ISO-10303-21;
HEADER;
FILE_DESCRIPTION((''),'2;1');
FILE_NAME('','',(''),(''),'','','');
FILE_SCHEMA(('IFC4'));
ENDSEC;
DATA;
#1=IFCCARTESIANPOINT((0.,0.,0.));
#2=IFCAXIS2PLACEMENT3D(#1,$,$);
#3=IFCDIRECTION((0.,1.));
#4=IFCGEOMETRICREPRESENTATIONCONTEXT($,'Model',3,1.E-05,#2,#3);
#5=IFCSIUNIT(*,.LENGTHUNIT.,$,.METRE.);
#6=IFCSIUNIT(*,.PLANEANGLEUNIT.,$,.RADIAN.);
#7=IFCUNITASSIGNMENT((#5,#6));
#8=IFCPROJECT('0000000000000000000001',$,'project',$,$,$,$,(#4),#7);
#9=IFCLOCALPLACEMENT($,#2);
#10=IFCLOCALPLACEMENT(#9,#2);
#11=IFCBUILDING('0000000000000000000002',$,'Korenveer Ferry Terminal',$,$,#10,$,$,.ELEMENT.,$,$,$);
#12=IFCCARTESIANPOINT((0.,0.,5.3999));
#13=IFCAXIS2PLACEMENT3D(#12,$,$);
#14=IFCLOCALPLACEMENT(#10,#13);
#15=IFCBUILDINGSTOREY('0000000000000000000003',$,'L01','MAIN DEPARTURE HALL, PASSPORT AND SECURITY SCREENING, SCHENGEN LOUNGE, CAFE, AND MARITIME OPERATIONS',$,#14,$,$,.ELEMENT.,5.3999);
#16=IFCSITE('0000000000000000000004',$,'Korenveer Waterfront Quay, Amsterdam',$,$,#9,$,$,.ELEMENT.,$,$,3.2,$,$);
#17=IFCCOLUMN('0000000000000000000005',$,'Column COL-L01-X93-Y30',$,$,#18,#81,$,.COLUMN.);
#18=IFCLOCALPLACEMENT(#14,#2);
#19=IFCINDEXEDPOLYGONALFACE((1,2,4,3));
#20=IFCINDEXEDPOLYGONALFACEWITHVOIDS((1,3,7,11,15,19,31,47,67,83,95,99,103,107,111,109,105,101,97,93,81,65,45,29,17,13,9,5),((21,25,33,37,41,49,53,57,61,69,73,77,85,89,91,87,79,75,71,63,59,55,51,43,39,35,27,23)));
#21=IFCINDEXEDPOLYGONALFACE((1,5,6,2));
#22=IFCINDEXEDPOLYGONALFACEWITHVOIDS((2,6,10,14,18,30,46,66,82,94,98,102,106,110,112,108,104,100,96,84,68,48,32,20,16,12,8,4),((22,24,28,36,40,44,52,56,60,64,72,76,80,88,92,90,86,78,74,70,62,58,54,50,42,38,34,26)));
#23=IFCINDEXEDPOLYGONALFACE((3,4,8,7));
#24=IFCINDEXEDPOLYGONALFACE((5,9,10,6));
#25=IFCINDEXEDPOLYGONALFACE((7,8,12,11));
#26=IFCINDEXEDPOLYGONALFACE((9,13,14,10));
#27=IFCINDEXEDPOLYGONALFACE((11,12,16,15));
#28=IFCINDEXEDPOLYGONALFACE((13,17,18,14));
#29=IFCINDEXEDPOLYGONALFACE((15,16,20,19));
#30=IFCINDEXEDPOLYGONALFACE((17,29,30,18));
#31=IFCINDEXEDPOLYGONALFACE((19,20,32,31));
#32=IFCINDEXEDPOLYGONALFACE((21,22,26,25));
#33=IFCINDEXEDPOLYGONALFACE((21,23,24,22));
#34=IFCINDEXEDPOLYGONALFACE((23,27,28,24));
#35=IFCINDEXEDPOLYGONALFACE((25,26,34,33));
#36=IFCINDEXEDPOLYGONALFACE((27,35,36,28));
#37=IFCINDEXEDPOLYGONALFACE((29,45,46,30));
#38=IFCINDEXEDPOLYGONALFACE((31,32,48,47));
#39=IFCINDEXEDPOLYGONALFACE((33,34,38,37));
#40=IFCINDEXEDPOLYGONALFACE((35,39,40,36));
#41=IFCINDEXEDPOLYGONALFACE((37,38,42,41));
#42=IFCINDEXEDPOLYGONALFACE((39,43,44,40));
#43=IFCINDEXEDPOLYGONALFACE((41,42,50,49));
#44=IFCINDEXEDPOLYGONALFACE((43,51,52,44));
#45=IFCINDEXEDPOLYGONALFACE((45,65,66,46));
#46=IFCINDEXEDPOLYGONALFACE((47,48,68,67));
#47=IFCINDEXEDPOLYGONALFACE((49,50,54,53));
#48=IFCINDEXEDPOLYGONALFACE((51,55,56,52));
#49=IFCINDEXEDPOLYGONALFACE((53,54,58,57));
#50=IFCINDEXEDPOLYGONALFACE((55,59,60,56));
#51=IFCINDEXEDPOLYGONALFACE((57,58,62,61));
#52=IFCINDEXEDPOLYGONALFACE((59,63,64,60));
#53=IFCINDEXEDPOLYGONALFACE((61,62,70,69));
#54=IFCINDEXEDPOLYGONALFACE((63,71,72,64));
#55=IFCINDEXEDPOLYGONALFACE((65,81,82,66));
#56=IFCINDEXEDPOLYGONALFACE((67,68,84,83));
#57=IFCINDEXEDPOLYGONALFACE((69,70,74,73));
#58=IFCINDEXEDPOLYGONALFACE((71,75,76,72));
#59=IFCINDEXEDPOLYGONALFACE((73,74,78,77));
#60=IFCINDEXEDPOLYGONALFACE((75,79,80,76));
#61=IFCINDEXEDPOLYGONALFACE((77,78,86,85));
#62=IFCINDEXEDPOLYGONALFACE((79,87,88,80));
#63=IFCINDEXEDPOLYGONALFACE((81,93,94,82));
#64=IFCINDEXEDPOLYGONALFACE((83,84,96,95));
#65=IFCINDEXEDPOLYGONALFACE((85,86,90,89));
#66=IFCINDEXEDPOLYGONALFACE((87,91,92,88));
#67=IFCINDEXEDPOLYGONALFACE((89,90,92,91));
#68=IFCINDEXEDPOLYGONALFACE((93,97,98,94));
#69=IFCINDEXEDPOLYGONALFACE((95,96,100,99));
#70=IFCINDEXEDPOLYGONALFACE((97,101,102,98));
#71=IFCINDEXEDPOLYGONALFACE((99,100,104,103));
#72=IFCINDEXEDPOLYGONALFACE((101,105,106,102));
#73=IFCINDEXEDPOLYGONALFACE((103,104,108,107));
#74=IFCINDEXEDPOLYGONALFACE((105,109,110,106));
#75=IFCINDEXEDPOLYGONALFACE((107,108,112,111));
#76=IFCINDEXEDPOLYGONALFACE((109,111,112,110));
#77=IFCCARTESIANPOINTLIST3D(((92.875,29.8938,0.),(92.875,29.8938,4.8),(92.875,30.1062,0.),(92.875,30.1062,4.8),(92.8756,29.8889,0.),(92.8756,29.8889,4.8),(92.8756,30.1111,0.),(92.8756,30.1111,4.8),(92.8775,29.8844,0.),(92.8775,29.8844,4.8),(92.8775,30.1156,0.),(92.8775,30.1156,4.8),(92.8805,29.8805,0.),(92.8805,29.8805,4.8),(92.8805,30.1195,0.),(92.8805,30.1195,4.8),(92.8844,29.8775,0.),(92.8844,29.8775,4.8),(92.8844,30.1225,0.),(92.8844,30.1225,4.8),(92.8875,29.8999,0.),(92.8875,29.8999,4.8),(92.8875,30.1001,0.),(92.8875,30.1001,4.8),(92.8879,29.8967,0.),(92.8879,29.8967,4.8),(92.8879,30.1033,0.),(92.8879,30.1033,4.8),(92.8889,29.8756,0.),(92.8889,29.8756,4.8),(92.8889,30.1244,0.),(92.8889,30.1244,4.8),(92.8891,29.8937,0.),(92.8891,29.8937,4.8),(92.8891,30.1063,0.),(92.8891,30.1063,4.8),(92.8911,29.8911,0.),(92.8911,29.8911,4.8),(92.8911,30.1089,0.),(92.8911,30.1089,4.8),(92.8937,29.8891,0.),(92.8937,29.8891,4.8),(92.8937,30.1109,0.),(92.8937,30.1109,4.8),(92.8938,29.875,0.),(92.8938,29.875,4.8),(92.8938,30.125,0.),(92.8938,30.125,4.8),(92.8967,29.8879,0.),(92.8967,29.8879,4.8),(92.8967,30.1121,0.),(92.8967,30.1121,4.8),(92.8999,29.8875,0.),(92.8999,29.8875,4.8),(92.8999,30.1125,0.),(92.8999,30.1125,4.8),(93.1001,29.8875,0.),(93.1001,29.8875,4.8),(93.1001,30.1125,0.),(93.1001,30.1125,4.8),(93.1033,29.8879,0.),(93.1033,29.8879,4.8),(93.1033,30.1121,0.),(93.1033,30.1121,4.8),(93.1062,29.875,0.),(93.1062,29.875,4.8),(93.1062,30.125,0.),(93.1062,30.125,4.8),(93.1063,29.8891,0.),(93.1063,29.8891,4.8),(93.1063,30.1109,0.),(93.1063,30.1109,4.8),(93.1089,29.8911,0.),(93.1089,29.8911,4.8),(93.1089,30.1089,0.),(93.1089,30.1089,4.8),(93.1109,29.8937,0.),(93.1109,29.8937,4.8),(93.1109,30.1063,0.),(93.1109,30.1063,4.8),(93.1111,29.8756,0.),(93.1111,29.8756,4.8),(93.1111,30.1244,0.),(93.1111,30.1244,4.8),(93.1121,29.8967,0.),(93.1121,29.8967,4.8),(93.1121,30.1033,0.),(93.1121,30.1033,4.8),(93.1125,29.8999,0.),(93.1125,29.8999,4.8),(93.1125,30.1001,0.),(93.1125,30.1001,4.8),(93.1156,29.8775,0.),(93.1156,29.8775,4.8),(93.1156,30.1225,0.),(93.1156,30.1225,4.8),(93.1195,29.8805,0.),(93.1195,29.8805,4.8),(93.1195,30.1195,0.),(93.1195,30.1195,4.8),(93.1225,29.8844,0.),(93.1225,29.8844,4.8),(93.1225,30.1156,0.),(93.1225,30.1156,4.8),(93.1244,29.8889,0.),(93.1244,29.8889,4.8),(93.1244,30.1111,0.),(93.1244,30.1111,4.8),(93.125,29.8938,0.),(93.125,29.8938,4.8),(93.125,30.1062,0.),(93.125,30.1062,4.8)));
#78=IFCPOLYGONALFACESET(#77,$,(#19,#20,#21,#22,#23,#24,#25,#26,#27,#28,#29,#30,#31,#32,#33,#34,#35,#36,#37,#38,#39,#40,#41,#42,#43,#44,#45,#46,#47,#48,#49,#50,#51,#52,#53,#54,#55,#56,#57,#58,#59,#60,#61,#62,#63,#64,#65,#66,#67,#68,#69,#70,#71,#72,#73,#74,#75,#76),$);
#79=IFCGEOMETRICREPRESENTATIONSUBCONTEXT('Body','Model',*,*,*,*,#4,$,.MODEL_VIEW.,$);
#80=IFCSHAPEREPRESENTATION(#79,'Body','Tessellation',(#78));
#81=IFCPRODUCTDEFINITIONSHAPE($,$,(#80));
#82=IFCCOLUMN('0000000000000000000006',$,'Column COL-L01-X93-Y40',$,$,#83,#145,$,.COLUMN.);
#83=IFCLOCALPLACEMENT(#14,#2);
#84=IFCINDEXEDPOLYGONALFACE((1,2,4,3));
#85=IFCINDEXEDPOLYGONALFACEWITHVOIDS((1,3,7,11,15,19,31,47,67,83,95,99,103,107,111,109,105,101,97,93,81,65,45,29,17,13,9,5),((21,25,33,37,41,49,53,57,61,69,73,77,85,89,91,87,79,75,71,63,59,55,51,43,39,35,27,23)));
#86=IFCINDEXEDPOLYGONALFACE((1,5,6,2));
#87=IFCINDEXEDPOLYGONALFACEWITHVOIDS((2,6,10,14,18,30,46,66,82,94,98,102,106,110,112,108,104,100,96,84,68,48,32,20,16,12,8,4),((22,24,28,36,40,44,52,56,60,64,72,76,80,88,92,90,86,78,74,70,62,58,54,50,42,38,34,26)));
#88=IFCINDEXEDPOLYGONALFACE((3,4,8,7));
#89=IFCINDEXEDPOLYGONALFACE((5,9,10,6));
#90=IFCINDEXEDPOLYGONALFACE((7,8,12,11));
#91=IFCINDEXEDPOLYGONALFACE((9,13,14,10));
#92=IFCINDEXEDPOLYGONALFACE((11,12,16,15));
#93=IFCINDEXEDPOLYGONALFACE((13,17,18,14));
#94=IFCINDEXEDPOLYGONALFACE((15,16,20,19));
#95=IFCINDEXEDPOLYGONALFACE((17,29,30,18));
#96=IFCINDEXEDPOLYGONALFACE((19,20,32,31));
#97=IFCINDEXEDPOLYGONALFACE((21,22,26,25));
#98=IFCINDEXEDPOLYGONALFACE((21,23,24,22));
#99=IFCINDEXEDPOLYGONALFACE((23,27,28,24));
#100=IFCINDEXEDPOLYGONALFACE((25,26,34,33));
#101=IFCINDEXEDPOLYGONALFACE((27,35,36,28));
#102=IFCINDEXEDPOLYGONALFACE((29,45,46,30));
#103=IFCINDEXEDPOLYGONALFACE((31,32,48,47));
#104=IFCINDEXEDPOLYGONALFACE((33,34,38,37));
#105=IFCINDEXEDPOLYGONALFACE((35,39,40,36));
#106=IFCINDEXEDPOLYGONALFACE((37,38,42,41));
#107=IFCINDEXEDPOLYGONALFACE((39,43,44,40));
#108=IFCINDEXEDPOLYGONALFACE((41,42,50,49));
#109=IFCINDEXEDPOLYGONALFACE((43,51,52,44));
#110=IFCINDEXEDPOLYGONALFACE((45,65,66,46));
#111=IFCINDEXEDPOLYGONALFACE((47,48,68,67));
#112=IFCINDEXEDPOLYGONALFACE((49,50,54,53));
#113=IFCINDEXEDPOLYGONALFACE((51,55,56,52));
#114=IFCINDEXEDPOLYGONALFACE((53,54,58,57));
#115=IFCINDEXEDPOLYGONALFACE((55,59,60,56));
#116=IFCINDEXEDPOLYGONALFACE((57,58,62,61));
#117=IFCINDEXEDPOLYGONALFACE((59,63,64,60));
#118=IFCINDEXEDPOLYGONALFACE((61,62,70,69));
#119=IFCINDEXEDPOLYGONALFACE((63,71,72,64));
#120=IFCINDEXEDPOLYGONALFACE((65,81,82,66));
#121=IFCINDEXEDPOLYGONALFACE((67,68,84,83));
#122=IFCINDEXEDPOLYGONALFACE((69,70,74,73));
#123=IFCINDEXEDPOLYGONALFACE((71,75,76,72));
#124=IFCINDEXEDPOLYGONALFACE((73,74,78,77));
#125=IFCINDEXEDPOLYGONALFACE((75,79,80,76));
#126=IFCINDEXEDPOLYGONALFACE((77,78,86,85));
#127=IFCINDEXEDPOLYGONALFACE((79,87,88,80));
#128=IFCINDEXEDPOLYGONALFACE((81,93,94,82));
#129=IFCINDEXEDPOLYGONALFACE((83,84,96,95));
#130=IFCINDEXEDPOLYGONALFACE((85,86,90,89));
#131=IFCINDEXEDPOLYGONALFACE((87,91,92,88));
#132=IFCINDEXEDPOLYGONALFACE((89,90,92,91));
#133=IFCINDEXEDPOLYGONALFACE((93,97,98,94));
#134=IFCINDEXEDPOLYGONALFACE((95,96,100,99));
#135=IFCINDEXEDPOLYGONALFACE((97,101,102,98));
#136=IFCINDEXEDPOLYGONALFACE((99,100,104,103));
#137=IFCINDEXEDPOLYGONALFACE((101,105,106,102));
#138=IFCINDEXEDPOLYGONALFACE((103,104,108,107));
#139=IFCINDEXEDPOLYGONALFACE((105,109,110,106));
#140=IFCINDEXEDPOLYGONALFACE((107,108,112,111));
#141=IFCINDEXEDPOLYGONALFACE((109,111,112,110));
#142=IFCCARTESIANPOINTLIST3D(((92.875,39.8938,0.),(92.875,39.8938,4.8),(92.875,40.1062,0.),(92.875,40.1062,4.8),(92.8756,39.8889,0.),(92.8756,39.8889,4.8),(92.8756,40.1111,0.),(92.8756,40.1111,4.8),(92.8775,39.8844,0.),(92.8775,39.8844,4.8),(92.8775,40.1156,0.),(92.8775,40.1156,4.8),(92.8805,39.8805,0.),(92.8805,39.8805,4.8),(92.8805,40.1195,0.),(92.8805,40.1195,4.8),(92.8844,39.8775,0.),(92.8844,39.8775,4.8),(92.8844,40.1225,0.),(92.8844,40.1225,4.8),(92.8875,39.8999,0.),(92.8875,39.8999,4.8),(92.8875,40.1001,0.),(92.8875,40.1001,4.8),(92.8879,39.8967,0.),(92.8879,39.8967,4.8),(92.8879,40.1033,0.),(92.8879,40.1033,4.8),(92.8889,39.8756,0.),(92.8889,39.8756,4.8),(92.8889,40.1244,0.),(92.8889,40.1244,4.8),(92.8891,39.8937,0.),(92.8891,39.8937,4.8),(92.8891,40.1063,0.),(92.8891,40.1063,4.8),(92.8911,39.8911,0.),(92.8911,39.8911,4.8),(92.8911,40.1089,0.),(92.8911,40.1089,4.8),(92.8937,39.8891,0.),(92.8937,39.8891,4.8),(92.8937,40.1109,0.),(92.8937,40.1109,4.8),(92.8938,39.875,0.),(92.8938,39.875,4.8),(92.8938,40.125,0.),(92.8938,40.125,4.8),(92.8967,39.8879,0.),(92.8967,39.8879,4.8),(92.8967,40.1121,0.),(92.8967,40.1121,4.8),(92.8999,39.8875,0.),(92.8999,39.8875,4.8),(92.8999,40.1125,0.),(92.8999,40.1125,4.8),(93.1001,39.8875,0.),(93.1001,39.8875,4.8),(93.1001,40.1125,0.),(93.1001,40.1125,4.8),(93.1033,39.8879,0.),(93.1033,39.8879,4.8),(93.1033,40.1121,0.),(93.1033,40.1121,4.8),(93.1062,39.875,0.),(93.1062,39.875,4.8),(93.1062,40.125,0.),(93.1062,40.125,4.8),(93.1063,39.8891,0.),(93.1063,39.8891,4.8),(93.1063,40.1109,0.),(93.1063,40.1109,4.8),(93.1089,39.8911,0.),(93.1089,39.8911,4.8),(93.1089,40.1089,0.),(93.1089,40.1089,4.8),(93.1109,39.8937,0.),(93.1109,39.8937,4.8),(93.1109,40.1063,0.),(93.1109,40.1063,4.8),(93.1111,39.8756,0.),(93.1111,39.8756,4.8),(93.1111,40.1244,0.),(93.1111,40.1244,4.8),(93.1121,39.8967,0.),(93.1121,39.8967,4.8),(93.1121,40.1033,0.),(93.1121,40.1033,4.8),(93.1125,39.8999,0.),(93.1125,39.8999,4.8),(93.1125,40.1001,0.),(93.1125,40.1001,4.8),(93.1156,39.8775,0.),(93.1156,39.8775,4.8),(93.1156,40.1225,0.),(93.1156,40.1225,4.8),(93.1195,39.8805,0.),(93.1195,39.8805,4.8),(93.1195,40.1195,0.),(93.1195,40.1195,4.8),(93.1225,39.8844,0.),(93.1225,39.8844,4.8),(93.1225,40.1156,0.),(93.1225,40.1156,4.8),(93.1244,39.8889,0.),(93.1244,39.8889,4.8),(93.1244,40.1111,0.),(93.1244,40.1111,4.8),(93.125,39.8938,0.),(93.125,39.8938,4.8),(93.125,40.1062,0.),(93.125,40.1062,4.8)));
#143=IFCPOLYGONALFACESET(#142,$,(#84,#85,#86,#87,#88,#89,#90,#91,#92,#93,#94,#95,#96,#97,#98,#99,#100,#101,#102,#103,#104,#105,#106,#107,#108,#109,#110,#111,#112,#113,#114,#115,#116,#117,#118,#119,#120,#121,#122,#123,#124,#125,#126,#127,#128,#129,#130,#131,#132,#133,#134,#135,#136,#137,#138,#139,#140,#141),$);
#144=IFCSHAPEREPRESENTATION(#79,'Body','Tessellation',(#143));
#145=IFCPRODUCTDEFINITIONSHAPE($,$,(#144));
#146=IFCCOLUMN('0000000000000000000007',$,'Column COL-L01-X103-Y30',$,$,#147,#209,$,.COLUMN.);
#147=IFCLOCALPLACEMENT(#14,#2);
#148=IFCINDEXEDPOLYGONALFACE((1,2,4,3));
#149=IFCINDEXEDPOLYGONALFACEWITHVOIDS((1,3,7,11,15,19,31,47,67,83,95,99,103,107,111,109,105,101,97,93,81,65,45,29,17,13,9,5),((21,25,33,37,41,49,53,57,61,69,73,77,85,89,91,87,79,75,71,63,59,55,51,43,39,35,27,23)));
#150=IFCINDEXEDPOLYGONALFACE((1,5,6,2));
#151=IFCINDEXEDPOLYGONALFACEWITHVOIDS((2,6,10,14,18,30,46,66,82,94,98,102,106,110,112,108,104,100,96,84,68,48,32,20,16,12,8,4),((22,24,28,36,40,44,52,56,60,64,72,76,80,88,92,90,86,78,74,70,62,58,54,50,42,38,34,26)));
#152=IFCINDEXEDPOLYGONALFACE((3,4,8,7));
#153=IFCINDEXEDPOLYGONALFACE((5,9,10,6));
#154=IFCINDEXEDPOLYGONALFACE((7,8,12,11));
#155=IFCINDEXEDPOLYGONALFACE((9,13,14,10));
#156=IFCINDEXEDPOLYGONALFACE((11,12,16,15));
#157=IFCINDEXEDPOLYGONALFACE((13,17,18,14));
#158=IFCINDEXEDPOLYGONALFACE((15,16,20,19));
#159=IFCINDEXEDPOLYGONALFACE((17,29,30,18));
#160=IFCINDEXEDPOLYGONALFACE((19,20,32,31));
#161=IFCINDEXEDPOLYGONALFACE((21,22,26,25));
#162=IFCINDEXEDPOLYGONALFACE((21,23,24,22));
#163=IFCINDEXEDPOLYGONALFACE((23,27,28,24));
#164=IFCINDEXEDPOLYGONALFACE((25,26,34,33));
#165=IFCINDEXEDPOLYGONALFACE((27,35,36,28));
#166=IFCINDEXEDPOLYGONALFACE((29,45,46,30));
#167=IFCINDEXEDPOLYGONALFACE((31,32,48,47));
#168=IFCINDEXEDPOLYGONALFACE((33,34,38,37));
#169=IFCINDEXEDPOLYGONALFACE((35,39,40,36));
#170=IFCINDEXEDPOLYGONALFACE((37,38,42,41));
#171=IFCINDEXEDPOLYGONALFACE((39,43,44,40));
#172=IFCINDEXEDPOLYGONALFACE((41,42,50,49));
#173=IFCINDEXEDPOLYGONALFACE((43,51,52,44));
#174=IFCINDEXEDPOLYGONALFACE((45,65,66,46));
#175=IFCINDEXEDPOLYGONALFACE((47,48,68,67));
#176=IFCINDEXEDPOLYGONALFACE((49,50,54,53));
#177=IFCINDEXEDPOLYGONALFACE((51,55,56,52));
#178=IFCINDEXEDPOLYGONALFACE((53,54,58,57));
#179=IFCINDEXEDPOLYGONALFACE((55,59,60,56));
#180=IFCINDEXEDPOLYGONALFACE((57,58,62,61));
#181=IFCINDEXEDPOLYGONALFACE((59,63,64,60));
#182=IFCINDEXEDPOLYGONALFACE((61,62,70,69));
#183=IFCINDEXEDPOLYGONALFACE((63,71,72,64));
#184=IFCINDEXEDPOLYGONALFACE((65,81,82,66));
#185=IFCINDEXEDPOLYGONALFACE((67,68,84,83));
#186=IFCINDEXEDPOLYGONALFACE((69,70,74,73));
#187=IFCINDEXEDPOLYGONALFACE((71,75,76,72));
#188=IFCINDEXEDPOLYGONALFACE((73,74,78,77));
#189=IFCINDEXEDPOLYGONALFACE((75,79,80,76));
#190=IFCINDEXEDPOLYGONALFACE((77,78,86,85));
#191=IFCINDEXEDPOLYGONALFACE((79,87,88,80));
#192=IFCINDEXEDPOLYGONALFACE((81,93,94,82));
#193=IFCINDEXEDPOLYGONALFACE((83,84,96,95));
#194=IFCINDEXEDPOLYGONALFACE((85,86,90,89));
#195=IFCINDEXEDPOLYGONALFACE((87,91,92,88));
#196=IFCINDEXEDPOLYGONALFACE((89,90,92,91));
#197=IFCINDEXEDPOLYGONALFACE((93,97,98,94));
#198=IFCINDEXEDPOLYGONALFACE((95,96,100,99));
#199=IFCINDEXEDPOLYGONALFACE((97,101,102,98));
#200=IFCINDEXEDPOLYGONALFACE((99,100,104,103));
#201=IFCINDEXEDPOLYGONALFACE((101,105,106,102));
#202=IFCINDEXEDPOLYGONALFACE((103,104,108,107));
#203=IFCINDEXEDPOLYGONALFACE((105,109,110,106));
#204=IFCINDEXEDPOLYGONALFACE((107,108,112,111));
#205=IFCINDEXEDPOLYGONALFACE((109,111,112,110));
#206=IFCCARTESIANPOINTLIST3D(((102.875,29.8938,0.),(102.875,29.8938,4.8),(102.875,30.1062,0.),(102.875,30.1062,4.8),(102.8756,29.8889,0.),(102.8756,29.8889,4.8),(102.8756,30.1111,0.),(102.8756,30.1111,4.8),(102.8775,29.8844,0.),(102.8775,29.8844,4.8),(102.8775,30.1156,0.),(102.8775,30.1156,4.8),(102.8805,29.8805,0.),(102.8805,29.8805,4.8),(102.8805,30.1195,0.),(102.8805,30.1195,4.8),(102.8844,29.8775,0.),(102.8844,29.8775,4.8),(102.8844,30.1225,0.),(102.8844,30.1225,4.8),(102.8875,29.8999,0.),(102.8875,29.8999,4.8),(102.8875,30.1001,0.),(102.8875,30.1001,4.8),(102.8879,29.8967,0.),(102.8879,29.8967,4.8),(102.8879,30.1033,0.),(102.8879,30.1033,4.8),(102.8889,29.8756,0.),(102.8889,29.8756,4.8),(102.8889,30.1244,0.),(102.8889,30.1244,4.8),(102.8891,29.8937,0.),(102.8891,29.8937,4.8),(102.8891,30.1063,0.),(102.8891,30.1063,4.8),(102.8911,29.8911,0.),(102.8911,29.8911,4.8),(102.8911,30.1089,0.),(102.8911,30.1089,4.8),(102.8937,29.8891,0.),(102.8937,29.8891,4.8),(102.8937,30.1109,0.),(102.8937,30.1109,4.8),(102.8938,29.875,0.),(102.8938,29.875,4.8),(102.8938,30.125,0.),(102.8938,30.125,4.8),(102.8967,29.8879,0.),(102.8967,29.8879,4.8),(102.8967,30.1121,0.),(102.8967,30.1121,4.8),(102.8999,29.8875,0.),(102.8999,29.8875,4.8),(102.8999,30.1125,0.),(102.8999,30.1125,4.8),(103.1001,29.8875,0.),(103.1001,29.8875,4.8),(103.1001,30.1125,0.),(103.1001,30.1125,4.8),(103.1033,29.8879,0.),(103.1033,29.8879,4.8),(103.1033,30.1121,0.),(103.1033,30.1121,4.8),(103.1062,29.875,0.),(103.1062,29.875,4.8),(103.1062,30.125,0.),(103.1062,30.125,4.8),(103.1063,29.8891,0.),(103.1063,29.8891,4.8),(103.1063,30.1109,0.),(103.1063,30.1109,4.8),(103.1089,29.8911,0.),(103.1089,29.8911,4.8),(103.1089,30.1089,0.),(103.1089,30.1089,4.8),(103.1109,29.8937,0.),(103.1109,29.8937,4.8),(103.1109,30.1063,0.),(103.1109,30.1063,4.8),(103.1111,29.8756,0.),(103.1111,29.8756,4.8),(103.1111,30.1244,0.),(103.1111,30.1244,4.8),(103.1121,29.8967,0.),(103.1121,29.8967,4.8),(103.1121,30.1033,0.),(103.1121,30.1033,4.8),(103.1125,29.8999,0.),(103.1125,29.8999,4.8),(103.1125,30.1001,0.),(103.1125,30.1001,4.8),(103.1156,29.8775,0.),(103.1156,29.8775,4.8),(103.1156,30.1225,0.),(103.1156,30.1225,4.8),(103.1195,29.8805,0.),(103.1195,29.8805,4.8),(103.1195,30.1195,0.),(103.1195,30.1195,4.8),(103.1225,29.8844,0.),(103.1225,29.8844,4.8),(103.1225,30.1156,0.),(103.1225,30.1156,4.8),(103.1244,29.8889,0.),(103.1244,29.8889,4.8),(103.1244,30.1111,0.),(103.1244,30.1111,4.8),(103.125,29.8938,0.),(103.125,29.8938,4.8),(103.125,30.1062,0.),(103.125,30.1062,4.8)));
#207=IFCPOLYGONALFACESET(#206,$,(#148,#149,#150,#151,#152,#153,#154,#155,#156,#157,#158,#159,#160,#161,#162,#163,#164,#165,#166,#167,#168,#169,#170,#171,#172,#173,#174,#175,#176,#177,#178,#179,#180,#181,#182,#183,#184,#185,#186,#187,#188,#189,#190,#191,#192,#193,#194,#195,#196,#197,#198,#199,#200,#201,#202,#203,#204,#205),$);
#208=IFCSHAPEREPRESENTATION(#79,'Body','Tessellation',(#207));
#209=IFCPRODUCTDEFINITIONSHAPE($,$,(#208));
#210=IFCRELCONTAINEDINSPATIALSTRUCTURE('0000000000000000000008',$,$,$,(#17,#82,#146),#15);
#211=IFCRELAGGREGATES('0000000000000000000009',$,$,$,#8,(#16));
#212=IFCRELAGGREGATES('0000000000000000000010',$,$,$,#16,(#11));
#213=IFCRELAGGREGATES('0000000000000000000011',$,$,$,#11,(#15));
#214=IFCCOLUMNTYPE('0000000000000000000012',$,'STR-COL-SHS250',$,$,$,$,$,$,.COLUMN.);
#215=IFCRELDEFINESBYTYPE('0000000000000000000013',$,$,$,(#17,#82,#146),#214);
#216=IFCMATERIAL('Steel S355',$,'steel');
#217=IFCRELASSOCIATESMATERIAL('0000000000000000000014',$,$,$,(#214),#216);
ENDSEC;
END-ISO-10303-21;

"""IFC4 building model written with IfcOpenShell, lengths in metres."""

from ifc_helpers import new_model, si_unit, direction, frame, origin, origin_2d, place, context, subcontext, project, spatial, hollow_rectangle, extrude, material, material_profile, profile_set, type_object, element, save


model = new_model("IFC4")

# Units and contexts
model_context = context("Model", 3, precision=1e-05, world=origin(), true_north=direction((0.0, 1.0)))
body_context = subcontext(model_context, "Body", "Model", "MODEL_VIEW")
ifc_project = project(units=[si_unit("LENGTHUNIT", "METRE"), si_unit("PLANEANGLEUNIT", "RADIAN")], contexts=[model_context])

# Site, building, storey
site_placement = place(None, origin())
site = spatial("IfcSite", under=ifc_project, at=site_placement, Name="Korenveer Waterfront Quay, Amsterdam", CompositionType="ELEMENT", RefElevation=3.2)
building_placement = place(site_placement, origin())
building = spatial("IfcBuilding", under=site, at=building_placement, Name="Korenveer Ferry Terminal", CompositionType="ELEMENT")
storey_placement = place(building_placement, frame((0.0, 0.0, 5.3999)))
storey = spatial("IfcBuildingStorey", under=building, at=storey_placement, Name="L01", Description="MAIN DEPARTURE HALL, PASSPORT AND SECURITY SCREENING, SCHENGEN LOUNGE, CAFE, AND MARITIME OPERATIONS", CompositionType="ELEMENT", Elevation=5.3999)

# Columns
ifc_material_1 = material(Name="Steel S355", Category="steel")
ifc_material_profile_1 = material_profile(ifc_material_1, hollow_rectangle(XDim=0.25, YDim=0.25, WallThickness=0.0125, InnerFilletRadius=0.0125, OuterFilletRadius=0.0188, at=origin_2d()), Name="SHS 250x250x12.5")
ifc_profile_set_1 = profile_set([ifc_material_profile_1], Name="Steel S355")
column_type = type_object("IfcColumnType", Name="STR-COL-SHS250", PredefinedType="COLUMN", material=ifc_profile_set_1)
for number, where, z_axis, x_axis, name in (
    (1, (93.0, 30.0, 0.0), (0.0, 0.0, 1.0), (1.0, 0.0, 0.0), "Column COL-L01-X93-Y30"),
    (2, (93.0, 40.0, 0.0), (0.0, 0.0, 1.0), (1.0, 0.0, 0.0), "Column COL-L01-X93-Y40"),
    (3, (103.0, 30.0, 0.0), (0.0, 0.0, 1.0), (1.0, 0.0, 0.0), "Column COL-L01-X103-Y30"),
):
    element("IfcColumn", number, at=place(storey_placement, frame(where, z_axis=z_axis, x_axis=x_axis)), inside=storey, type_object=column_type, Name=name, PredefinedType="COLUMN", context=body_context, shape_type="SweptSolid", body=[
        extrude(hollow_rectangle(XDim=0.25, YDim=0.25, WallThickness=0.0125, InnerFilletRadius=0.0125, OuterFilletRadius=0.0188, at=origin_2d()), origin(), (0.0, 0.0, 1.0), 4.8),
    ])

save(model, "model.ifc")
